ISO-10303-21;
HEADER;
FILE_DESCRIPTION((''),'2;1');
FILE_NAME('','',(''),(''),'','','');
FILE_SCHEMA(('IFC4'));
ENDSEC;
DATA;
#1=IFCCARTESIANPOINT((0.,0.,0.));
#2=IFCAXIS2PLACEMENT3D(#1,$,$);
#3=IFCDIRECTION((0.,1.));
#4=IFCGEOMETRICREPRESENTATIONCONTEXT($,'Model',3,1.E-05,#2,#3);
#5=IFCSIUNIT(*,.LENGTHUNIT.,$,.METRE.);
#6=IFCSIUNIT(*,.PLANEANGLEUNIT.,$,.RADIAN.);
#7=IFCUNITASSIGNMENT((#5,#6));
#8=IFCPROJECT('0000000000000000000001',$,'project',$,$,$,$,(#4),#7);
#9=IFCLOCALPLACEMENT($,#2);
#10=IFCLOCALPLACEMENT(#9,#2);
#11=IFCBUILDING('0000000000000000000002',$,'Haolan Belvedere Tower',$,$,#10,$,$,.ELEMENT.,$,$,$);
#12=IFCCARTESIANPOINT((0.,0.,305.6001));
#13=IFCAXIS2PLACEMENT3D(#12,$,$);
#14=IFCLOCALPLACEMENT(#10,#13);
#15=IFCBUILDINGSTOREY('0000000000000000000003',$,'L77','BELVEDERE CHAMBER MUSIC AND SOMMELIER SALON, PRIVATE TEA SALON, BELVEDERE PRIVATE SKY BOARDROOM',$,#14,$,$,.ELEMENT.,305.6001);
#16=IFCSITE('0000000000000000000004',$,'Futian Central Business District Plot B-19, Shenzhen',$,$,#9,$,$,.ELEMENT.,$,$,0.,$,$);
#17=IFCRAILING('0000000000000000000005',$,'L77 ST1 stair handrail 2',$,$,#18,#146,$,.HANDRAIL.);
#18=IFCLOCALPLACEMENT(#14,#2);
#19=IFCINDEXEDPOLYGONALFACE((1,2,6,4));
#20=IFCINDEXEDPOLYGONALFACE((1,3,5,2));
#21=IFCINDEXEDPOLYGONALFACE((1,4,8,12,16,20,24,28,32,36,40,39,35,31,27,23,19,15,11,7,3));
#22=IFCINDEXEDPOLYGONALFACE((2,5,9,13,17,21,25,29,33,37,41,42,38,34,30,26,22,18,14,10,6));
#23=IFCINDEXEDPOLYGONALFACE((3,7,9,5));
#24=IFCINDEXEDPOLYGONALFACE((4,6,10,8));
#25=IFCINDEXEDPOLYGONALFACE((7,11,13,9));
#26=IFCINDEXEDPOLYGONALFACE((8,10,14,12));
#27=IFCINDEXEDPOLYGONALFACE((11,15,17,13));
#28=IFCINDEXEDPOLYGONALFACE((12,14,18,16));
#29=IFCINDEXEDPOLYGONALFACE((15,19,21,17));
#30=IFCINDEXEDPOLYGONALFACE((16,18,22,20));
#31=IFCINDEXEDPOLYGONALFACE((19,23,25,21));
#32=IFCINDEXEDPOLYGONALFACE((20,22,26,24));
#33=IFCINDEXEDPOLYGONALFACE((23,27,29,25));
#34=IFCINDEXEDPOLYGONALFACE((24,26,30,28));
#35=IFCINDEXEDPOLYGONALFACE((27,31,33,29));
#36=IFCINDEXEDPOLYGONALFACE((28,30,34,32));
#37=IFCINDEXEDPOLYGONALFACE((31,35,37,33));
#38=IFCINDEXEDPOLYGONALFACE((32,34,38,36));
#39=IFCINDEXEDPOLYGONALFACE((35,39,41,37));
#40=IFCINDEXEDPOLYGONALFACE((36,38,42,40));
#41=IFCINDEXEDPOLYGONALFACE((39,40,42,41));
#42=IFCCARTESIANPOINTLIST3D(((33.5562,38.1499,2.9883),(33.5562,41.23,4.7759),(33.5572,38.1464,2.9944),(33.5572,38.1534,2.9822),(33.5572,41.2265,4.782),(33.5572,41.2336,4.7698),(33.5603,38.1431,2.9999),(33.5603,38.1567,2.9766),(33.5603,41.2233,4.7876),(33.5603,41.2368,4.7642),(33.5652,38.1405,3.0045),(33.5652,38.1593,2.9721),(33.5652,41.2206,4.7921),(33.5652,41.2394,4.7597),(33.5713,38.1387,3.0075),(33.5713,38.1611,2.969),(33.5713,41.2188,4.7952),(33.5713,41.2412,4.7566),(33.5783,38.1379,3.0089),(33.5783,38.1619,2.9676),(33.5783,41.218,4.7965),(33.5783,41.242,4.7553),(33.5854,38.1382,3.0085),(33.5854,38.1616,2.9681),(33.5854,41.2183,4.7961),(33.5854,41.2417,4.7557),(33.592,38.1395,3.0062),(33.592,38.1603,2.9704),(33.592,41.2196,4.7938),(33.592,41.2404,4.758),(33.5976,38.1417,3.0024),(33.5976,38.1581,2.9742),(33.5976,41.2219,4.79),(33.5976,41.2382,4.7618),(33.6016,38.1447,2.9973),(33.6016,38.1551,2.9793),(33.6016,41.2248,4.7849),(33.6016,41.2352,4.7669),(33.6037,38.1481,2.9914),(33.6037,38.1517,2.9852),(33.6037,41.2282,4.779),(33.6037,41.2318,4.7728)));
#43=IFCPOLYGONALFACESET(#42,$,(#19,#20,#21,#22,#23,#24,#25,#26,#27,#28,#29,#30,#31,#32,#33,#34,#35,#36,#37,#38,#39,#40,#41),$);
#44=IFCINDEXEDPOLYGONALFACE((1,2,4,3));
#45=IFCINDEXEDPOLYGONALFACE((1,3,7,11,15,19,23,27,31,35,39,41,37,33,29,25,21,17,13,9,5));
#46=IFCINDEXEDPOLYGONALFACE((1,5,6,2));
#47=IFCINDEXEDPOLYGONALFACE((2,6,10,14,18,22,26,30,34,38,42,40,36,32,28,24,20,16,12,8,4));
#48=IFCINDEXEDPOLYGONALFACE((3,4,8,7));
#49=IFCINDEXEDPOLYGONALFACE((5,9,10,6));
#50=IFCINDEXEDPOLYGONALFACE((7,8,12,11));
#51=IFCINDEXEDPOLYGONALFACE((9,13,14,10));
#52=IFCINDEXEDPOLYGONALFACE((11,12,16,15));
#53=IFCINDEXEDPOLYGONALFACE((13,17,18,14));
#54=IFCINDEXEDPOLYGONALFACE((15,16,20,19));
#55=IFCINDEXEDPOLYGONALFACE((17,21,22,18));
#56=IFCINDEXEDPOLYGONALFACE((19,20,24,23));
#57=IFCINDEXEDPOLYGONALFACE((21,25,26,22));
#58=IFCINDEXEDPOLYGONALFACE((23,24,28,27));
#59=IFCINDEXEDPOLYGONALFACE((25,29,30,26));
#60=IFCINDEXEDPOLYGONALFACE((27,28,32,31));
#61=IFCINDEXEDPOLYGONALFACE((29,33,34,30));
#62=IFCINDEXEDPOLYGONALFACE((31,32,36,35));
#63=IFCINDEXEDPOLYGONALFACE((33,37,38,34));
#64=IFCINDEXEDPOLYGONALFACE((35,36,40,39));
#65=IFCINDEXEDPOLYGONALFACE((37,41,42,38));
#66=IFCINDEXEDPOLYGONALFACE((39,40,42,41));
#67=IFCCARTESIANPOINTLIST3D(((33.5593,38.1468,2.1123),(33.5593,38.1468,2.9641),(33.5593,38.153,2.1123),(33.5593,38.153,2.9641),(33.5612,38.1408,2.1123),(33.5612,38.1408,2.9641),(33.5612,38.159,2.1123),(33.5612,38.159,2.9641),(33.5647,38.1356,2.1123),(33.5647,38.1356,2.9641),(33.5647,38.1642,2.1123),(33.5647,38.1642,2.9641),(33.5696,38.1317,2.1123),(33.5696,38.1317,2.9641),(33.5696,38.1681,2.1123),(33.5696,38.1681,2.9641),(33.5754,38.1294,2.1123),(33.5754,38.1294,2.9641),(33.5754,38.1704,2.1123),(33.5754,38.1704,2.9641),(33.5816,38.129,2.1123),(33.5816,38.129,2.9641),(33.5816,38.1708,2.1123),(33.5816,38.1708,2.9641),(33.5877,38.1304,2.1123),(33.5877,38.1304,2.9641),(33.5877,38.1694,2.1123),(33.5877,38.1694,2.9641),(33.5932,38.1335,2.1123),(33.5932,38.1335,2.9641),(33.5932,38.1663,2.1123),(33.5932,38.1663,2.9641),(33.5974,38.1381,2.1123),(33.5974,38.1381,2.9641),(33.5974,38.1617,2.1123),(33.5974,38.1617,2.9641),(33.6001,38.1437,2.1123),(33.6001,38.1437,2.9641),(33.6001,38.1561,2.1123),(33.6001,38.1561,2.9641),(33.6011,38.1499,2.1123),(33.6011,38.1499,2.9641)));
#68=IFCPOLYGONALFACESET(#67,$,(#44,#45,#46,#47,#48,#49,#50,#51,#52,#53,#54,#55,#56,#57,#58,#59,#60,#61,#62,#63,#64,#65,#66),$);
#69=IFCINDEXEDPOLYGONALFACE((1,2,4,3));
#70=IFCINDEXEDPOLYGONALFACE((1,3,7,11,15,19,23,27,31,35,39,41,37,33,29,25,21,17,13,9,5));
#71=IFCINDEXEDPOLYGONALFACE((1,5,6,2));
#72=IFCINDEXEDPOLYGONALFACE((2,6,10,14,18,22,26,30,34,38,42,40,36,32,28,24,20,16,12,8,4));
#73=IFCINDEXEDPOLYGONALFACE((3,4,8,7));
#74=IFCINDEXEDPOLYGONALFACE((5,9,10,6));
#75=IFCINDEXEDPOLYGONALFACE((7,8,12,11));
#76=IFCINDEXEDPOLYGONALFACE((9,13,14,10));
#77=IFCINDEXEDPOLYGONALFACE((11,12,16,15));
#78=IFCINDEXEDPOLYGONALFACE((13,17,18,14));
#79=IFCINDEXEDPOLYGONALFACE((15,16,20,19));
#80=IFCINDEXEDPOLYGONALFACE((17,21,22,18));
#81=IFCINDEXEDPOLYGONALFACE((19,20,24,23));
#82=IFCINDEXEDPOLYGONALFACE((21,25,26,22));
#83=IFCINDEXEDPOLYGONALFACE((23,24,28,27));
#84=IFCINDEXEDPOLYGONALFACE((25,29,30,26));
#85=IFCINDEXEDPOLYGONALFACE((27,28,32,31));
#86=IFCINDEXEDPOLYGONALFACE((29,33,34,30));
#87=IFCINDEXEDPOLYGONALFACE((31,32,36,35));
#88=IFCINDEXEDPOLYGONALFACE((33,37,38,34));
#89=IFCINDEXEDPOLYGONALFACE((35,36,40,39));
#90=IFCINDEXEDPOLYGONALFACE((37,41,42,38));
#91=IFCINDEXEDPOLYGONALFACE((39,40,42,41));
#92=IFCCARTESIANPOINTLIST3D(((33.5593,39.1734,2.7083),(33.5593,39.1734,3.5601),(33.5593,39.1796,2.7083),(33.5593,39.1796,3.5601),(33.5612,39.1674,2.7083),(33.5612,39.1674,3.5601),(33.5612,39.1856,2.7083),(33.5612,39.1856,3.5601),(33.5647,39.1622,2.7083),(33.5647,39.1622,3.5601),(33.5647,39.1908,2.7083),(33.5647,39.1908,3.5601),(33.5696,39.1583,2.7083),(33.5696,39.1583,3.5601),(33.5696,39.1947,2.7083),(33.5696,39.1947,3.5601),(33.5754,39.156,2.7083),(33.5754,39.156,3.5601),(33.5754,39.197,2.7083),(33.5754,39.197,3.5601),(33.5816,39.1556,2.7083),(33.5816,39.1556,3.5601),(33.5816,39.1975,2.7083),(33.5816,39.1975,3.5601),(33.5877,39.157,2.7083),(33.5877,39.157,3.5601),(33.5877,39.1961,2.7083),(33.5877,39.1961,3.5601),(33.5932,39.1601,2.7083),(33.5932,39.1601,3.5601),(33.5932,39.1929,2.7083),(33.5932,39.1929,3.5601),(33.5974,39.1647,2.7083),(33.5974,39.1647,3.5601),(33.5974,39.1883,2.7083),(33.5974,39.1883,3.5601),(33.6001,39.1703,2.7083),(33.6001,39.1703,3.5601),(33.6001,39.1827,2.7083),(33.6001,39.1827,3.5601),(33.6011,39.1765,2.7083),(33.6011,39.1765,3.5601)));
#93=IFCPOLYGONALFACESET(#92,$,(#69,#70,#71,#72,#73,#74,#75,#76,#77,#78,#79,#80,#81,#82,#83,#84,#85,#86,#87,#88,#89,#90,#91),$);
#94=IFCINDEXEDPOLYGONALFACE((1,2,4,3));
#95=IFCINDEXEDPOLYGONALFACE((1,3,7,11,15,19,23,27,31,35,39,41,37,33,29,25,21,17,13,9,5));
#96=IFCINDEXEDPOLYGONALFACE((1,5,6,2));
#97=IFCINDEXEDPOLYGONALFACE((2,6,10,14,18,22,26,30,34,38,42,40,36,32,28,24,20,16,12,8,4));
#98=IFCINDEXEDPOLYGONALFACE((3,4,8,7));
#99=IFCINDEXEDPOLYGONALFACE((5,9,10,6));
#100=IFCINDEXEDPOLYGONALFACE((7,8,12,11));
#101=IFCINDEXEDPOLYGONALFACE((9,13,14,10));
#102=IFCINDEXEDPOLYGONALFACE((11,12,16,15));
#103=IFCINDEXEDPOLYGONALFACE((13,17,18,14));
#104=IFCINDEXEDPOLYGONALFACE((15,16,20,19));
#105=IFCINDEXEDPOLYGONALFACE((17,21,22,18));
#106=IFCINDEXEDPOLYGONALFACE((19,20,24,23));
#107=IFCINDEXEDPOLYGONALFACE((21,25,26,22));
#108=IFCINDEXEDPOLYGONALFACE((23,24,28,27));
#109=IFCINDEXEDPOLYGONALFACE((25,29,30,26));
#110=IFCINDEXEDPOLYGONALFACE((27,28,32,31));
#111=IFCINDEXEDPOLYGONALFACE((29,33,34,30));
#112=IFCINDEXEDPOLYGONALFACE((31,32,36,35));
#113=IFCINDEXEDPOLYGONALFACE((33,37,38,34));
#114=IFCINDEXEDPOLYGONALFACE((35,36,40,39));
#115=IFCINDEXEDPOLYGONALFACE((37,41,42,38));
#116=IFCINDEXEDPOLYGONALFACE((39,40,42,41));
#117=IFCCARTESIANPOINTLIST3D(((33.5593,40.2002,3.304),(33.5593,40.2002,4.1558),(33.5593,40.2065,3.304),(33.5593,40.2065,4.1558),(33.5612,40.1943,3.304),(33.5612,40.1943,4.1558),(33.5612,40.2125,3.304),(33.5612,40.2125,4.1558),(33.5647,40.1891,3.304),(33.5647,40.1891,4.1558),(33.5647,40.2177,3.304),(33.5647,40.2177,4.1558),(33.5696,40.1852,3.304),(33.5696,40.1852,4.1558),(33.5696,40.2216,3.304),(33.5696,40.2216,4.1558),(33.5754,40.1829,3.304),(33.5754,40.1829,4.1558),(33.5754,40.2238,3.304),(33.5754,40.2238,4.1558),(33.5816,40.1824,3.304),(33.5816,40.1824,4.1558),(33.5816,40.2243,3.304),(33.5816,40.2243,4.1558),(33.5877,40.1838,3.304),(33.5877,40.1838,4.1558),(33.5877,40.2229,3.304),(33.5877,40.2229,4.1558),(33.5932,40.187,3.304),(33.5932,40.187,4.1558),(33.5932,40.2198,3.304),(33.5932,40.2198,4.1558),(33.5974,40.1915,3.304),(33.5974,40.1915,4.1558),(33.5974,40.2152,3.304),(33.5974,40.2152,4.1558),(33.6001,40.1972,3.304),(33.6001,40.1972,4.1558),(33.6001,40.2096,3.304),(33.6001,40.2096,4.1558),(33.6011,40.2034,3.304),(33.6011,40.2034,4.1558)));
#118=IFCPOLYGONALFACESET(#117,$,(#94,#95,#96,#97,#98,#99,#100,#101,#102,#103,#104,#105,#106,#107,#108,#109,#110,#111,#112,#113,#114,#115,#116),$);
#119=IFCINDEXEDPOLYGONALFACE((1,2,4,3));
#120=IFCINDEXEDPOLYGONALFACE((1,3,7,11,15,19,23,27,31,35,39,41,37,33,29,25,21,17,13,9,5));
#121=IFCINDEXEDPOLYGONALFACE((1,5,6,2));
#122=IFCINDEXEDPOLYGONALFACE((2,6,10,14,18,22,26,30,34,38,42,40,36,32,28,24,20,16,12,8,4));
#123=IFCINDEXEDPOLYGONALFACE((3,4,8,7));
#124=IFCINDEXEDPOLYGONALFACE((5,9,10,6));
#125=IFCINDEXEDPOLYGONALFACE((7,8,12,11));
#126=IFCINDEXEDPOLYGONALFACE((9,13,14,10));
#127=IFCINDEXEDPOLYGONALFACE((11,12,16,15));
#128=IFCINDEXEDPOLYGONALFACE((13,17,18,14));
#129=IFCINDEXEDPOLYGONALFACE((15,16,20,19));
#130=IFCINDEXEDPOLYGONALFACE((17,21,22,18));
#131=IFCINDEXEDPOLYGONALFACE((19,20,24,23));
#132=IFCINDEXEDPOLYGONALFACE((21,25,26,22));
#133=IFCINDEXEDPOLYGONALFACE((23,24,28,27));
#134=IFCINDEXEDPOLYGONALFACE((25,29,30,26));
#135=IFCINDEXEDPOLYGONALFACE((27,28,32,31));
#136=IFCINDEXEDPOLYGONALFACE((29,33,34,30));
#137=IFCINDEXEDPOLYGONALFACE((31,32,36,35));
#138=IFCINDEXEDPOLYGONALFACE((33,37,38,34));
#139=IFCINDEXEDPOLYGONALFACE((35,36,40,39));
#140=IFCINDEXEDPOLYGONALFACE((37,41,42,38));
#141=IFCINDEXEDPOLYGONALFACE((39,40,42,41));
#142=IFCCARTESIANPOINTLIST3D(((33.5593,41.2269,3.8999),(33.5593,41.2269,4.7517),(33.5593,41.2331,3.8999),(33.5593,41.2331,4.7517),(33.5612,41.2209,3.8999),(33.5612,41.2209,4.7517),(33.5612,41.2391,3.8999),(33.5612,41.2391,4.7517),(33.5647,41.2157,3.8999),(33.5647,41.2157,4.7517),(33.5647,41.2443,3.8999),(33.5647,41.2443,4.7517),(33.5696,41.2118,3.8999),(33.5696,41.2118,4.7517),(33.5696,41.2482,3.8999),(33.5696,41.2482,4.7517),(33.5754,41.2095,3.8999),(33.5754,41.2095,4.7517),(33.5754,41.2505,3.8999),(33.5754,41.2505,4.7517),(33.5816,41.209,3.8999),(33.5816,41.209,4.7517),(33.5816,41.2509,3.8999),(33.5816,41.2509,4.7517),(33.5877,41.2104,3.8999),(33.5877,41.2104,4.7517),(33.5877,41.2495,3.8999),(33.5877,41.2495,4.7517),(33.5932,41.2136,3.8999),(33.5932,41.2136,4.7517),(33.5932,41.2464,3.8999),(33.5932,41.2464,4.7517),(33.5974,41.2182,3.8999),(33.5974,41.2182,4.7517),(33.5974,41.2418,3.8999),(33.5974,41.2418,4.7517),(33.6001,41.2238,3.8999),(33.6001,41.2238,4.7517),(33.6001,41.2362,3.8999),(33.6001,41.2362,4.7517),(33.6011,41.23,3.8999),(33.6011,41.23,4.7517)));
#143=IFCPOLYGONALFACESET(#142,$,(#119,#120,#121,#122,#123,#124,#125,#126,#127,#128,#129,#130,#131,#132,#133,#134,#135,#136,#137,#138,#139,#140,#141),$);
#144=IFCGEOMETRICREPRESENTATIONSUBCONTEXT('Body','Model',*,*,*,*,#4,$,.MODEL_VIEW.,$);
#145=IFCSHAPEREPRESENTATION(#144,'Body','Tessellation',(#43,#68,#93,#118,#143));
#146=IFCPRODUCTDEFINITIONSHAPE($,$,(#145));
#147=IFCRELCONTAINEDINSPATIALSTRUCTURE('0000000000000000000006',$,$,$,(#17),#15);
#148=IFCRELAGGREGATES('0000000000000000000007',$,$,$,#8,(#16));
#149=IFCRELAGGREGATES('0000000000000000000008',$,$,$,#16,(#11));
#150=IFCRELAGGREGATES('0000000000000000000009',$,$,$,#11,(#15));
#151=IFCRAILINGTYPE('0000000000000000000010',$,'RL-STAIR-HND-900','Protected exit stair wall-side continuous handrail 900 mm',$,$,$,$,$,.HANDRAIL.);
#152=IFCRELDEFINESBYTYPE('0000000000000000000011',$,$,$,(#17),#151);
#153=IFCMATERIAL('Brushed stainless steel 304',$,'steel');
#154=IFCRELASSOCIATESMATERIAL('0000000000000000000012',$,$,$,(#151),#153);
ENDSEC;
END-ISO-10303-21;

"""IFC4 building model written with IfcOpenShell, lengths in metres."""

from ifc_helpers import new_model, si_unit, direction, frame, origin, origin_2d, place, context, subcontext, project, spatial, circle, extrude, material, type_object, element, save


model = new_model("IFC4")

# Units and contexts
model_context = context("Model", 3, precision=1e-05, world=origin(), true_north=direction((0.0, 1.0)))
body_context = subcontext(model_context, "Body", "Model", "MODEL_VIEW")
ifc_project = project(units=[si_unit("LENGTHUNIT", "METRE"), si_unit("PLANEANGLEUNIT", "RADIAN")], contexts=[model_context])

# Site, building, storey
site_placement = place(None, origin())
site = spatial("IfcSite", under=ifc_project, at=site_placement, Name="Futian Central Business District Plot B-19, Shenzhen", CompositionType="ELEMENT", RefElevation=0.0)
building_placement = place(site_placement, origin())
building = spatial("IfcBuilding", under=site, at=building_placement, Name="Haolan Belvedere Tower", CompositionType="ELEMENT")
storey_placement = place(building_placement, frame((0.0, 0.0, 305.6001)))
storey = spatial("IfcBuildingStorey", under=building, at=storey_placement, Name="L77", Description="BELVEDERE CHAMBER MUSIC AND SOMMELIER SALON, PRIVATE TEA SALON, BELVEDERE PRIVATE SKY BOARDROOM", CompositionType="ELEMENT", Elevation=305.6001)

# Railing
ifc_material_1 = material(Name="Brushed stainless steel 304", Category="steel")
railing_type_1 = type_object("IfcRailingType", Name="RL-STAIR-HND-900", Description="Protected exit stair wall-side continuous handrail 900 mm", PredefinedType="HANDRAIL", material=ifc_material_1)
railing_1_placement = place(storey_placement, frame((33.5801, 38.1499, 2.1123)))
element("IfcRailing", 1, at=railing_1_placement, inside=storey, type_object=railing_type_1, Name="L77 ST1 stair handrail 2", PredefinedType="HANDRAIL", context=body_context, shape_type="SweptSolid", body=[
    extrude(circle(Radius=0.0239, at=origin_2d()), frame((0.0, 0.0, 0.876), z_axis=(0.0, 0.864891, 0.50196), x_axis=(-1.0, 0.0, 0.0)), (0.0, 0.0, 1.0), 3.5613),
    extrude(circle(Radius=0.021, at=origin_2d()), origin(), (0.0, 0.0, 1.0), 0.8518),
    extrude(circle(Radius=0.021, at=origin_2d()), frame((0.0, 1.0266, 0.5959)), (0.0, 0.0, 1.0), 0.8518),
    extrude(circle(Radius=0.021, at=origin_2d()), frame((0.0, 2.0535, 1.1917)), (0.0, 0.0, 1.0), 0.8518),
    extrude(circle(Radius=0.021, at=origin_2d()), frame((0.0, 3.0801, 1.7876)), (0.0, 0.0, 1.0), 0.8518),
])

save(model, "model.ifc")
